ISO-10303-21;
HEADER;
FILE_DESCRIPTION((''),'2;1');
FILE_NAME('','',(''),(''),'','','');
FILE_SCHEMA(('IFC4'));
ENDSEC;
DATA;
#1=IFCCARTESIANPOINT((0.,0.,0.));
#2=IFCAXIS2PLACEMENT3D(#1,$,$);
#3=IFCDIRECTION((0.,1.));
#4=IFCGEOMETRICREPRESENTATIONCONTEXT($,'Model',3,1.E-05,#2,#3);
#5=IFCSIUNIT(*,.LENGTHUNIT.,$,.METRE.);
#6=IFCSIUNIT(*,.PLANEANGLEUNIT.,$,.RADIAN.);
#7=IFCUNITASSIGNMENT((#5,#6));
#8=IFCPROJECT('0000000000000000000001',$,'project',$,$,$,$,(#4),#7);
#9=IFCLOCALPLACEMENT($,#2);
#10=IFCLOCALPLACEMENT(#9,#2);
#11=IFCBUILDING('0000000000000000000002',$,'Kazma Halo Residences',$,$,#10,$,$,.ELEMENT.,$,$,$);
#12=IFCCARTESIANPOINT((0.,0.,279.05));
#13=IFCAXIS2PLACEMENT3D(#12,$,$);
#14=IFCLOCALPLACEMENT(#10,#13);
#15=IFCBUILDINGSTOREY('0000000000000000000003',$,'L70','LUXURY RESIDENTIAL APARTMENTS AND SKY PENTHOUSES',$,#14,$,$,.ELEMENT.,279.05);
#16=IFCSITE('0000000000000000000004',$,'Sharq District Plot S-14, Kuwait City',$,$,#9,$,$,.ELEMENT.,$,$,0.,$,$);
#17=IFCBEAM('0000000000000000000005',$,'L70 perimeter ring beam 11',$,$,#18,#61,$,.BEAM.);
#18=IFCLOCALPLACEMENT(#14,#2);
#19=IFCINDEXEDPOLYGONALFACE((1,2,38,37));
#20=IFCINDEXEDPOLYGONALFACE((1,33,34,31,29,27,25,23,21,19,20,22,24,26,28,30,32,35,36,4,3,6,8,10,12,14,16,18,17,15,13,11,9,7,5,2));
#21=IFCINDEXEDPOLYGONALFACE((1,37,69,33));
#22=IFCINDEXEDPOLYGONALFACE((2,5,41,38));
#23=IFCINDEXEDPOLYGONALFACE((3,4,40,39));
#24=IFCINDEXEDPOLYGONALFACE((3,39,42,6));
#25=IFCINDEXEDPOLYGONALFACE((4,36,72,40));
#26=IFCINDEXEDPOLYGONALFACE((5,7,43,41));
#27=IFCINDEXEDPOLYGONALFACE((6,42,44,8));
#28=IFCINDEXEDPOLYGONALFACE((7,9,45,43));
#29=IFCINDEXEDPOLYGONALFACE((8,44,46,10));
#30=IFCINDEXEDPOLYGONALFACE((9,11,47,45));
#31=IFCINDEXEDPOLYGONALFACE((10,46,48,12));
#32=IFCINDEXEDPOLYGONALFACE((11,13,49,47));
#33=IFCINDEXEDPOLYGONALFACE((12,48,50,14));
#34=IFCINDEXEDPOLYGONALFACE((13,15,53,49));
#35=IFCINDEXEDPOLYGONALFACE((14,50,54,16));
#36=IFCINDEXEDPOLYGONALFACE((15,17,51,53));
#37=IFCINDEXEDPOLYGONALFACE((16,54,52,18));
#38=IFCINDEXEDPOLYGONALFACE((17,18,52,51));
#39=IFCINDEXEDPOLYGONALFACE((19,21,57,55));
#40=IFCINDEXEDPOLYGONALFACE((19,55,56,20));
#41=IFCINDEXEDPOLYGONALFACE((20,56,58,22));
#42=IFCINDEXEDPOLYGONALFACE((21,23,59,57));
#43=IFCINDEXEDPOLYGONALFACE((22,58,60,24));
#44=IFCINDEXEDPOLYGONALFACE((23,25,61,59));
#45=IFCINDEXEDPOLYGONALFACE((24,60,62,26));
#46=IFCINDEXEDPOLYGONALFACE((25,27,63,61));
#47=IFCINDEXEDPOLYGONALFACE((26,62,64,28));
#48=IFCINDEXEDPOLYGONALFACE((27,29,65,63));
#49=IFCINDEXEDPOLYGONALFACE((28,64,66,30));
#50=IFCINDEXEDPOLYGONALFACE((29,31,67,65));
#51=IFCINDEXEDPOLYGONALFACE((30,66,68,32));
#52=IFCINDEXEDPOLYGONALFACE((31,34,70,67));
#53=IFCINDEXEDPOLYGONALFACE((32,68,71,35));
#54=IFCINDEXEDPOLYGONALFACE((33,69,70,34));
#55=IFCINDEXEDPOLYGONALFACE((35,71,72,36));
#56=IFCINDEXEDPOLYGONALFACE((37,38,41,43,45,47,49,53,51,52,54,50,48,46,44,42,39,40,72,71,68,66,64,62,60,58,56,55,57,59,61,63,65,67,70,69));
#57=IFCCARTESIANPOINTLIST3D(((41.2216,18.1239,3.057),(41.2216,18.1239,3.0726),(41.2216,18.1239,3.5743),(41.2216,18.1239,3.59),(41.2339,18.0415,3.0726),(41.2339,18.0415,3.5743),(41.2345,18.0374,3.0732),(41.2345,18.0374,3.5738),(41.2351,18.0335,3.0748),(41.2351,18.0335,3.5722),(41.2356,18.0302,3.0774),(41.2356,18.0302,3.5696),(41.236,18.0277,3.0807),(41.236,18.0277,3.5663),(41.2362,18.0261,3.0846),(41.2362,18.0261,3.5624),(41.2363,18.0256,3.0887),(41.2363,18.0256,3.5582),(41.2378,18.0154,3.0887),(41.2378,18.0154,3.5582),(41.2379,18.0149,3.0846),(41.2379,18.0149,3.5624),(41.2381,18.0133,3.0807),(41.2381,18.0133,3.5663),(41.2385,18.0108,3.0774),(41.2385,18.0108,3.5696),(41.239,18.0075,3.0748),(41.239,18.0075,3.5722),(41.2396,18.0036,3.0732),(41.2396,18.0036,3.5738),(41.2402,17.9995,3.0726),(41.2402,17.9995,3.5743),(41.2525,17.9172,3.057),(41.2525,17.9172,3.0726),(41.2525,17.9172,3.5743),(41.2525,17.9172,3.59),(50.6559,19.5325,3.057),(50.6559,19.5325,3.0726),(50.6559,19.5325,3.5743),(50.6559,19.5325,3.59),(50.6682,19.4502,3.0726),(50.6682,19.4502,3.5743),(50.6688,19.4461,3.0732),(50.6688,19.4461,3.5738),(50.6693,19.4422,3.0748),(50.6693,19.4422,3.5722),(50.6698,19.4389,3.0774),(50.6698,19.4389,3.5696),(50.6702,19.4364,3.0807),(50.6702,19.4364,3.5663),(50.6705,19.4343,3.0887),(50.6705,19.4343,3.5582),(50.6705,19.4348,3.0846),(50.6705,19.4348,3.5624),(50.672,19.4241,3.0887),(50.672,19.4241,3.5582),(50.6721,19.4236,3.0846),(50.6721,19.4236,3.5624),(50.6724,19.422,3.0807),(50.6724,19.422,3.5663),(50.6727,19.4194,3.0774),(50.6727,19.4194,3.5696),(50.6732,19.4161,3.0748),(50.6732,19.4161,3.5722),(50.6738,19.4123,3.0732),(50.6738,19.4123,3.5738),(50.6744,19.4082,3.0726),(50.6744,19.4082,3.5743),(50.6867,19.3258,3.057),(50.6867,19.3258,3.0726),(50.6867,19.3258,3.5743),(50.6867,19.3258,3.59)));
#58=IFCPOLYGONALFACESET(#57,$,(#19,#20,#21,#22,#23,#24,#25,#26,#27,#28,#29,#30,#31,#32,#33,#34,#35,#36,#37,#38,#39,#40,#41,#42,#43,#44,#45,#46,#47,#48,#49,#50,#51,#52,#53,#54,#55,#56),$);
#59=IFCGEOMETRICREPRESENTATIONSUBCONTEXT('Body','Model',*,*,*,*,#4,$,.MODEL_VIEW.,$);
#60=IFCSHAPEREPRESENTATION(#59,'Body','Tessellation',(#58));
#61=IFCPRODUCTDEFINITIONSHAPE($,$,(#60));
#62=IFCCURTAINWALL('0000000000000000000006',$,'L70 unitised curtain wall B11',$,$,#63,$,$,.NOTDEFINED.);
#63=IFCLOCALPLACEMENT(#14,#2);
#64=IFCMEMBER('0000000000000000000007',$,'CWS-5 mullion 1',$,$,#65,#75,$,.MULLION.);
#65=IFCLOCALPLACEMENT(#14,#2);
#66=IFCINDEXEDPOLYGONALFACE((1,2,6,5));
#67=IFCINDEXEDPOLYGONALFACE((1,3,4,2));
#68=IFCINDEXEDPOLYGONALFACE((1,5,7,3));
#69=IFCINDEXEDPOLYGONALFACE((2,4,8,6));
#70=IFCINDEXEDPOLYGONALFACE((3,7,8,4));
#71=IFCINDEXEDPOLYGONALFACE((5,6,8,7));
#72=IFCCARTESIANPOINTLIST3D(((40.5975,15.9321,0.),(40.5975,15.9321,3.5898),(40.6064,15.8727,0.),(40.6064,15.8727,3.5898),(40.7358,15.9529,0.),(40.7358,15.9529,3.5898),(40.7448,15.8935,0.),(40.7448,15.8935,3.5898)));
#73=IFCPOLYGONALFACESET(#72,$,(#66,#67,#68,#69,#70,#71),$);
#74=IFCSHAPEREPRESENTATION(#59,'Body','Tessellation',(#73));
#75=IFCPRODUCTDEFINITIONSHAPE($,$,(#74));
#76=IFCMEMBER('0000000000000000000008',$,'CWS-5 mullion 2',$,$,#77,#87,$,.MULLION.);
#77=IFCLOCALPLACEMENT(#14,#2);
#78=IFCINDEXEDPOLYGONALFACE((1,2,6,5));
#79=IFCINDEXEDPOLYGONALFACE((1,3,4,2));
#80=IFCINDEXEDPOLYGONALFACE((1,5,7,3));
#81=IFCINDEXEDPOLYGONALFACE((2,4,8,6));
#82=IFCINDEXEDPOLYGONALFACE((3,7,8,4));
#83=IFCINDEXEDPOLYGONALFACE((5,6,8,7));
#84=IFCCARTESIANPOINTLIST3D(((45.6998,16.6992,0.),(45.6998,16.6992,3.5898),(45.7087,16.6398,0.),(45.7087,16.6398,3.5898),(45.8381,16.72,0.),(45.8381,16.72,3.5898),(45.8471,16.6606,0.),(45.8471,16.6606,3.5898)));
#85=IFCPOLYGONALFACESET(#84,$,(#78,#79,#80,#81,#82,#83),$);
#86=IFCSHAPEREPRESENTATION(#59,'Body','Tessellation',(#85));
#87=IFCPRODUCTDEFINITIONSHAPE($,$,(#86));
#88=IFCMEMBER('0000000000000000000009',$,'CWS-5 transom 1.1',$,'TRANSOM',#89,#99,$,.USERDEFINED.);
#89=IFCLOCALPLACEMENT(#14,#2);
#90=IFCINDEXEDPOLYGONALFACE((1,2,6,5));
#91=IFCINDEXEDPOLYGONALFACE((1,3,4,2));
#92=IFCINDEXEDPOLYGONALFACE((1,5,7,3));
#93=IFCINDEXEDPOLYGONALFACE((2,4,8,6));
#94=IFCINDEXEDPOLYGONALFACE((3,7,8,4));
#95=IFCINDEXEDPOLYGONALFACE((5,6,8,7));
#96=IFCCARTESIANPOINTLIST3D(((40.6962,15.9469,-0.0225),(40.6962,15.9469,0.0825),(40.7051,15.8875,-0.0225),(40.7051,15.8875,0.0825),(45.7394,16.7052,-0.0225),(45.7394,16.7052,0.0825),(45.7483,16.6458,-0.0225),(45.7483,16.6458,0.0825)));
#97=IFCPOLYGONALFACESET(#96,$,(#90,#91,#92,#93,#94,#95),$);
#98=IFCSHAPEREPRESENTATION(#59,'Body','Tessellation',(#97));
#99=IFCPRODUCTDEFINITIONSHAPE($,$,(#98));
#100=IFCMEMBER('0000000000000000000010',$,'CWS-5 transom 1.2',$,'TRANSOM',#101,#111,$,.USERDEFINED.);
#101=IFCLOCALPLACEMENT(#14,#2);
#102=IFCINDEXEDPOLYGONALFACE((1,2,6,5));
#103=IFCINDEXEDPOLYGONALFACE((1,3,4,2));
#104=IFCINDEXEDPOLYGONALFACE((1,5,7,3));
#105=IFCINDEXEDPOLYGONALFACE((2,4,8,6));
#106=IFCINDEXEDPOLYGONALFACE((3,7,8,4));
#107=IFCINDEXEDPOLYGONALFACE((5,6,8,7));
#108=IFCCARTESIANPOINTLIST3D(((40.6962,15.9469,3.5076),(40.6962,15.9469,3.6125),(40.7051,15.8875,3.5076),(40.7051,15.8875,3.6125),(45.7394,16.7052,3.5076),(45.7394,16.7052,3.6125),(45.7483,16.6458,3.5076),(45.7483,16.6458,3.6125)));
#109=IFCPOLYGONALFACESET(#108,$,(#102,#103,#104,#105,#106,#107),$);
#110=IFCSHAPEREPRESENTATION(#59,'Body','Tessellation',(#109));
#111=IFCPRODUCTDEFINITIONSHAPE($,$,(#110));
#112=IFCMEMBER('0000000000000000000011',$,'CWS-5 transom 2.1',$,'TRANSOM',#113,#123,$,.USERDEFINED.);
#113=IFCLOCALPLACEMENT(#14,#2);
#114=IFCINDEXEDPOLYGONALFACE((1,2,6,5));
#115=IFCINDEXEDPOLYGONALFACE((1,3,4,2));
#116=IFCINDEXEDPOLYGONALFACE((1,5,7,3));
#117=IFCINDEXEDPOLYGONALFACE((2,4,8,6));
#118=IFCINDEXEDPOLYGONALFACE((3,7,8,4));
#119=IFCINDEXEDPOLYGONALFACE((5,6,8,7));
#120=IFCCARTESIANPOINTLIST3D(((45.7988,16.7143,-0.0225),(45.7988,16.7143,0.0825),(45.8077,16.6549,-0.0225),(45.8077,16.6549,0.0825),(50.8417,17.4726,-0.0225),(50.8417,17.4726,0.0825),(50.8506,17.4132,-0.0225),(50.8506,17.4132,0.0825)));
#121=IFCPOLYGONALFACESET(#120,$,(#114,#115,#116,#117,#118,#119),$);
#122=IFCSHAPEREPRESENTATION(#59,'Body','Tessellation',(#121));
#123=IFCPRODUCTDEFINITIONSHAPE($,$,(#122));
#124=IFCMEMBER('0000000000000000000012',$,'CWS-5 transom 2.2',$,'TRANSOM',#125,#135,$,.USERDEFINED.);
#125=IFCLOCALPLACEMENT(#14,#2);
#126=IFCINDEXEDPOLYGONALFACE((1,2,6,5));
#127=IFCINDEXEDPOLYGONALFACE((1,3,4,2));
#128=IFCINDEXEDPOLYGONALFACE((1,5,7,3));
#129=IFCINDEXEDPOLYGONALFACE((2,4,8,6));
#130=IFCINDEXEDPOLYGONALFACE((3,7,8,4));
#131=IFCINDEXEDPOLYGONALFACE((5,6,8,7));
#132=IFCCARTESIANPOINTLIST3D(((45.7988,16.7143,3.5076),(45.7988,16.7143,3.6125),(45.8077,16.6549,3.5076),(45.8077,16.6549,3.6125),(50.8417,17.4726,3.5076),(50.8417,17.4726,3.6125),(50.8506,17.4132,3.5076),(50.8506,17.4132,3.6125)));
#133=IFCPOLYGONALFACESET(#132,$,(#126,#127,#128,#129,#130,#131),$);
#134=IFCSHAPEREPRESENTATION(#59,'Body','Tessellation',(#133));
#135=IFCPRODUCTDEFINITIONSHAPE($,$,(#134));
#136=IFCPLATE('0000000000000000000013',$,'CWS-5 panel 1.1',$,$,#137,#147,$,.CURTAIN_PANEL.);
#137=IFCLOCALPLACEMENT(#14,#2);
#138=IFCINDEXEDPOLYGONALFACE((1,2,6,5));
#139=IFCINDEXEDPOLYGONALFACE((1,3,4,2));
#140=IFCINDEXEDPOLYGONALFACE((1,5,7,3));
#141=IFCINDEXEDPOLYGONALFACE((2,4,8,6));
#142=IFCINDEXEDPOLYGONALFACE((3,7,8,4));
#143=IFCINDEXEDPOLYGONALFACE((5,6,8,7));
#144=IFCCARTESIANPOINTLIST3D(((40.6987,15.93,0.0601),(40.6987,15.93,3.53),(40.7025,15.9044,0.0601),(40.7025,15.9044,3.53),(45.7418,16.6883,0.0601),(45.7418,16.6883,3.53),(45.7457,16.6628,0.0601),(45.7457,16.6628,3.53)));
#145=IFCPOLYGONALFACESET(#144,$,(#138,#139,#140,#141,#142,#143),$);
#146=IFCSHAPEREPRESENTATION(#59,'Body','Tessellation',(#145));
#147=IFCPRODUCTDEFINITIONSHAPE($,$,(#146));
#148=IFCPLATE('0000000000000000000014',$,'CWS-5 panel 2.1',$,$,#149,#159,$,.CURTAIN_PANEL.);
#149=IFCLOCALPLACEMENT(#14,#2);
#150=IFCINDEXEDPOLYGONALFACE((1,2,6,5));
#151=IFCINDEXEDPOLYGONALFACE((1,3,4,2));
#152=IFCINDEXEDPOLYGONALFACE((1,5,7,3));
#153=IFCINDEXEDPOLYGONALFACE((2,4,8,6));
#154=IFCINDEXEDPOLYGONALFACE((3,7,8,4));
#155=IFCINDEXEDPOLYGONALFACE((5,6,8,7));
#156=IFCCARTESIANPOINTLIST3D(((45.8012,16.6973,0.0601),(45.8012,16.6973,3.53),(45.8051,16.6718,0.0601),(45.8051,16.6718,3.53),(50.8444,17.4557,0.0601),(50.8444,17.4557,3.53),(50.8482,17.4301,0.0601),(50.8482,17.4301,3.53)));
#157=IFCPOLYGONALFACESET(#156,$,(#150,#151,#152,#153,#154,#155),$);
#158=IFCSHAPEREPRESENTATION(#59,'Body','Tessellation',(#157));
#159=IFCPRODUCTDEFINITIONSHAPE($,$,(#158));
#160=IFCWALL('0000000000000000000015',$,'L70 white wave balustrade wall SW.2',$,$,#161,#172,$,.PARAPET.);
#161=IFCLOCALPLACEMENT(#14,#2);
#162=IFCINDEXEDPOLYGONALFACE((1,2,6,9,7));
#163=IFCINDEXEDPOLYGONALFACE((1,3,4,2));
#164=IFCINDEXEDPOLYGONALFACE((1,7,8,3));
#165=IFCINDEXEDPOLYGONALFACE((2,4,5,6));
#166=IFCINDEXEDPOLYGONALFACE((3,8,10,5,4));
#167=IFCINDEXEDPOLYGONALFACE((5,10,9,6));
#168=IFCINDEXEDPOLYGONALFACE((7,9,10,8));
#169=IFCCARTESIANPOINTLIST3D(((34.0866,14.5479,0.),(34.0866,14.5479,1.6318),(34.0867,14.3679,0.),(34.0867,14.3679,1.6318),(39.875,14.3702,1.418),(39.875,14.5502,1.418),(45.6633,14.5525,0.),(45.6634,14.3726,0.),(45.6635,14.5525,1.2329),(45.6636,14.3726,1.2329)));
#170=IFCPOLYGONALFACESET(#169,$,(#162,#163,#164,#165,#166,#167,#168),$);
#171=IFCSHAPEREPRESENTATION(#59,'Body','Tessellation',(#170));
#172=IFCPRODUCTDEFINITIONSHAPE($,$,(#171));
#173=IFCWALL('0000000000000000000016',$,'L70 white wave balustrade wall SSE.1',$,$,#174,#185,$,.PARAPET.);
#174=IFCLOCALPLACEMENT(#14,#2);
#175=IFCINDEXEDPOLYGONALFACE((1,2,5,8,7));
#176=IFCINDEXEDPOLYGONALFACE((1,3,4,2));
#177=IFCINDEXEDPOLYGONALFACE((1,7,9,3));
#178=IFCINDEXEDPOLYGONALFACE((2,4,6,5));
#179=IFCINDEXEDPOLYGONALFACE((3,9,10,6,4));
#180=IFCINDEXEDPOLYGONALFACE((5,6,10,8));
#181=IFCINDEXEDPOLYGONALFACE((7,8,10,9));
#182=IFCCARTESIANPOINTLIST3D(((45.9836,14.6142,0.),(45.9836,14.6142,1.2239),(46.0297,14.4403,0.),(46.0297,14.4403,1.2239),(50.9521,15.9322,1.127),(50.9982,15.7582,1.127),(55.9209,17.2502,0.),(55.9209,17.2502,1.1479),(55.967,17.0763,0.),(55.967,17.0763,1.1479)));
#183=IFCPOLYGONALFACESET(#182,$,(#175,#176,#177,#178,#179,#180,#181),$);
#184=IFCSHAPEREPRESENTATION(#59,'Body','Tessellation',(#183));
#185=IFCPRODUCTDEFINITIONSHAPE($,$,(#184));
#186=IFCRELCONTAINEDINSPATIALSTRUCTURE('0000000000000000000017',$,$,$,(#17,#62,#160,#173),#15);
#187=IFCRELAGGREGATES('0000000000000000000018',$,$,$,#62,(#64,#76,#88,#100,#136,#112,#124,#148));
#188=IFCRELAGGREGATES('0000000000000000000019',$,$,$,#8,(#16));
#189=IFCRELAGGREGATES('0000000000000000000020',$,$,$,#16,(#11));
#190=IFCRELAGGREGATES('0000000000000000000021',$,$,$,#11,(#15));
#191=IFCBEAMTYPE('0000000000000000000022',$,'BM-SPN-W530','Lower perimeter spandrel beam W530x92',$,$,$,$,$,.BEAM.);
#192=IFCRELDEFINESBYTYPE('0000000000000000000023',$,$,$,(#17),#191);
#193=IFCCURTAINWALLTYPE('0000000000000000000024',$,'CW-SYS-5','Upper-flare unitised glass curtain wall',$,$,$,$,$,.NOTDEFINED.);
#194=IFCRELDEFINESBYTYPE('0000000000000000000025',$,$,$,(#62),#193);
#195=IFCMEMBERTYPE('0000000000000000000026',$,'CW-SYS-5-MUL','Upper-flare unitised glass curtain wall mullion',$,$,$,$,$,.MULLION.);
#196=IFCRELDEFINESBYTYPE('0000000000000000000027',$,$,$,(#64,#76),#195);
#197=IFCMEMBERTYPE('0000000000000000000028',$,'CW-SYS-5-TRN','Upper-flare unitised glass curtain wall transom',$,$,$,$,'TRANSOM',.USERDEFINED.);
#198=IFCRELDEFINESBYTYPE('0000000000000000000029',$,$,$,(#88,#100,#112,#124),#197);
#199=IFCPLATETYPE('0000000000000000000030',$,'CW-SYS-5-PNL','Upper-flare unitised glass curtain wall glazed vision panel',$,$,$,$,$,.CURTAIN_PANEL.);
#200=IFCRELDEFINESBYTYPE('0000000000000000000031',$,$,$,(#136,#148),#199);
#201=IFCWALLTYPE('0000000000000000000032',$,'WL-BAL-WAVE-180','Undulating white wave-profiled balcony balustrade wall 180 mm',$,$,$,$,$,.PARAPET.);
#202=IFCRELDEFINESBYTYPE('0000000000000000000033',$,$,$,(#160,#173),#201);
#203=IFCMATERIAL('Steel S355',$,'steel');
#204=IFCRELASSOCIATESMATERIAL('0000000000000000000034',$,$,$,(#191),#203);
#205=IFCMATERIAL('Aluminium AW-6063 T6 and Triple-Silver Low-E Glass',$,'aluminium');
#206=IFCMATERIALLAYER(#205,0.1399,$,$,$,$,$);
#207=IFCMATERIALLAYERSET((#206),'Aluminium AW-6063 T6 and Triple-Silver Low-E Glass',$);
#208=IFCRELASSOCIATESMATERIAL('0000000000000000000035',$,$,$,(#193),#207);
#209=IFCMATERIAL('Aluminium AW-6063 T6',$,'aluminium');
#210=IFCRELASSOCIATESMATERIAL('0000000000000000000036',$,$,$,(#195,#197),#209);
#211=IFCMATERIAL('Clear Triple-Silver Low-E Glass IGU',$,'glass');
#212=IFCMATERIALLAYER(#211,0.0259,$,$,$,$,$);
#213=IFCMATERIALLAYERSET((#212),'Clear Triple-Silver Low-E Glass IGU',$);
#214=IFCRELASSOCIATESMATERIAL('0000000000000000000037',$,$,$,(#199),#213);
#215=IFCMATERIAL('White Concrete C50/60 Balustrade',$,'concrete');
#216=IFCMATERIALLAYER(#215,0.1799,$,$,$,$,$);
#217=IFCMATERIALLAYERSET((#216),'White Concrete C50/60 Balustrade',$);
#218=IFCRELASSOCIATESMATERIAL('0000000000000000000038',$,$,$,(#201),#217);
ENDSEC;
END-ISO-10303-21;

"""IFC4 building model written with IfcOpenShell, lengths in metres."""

from ifc_helpers import new_model, si_unit, direction, frame, origin, origin_2d, place, context, subcontext, project, spatial, polyline, rectangle, i_section, outline, extrude, material, layer, layer_set, material_profile, profile_set, type_object, element, aggregate, save


model = new_model("IFC4")

# Units and contexts
model_context = context("Model", 3, precision=1e-05, world=origin(), true_north=direction((0.0, 1.0)))
body_context = subcontext(model_context, "Body", "Model", "MODEL_VIEW")
ifc_project = project(units=[si_unit("LENGTHUNIT", "METRE"), si_unit("PLANEANGLEUNIT", "RADIAN")], contexts=[model_context])

# Site, building, storey
site_placement = place(None, origin())
site = spatial("IfcSite", under=ifc_project, at=site_placement, Name="Sharq District Plot S-14, Kuwait City", CompositionType="ELEMENT", RefElevation=0.0)
building_placement = place(site_placement, origin())
building = spatial("IfcBuilding", under=site, at=building_placement, Name="Kazma Halo Residences", CompositionType="ELEMENT")
storey_placement = place(building_placement, frame((0.0, 0.0, 279.05)))
storey = spatial("IfcBuildingStorey", under=building, at=storey_placement, Name="L70", Description="LUXURY RESIDENTIAL APARTMENTS AND SKY PENTHOUSES", CompositionType="ELEMENT", Elevation=279.05)

# Beam
ifc_material_1 = material(Name="Steel S355", Category="steel")
ifc_material_profile_1 = material_profile(ifc_material_1, i_section(OverallWidth=0.209, OverallDepth=0.533, WebThickness=0.0103, FlangeThickness=0.0156, FilletRadius=0.0161, at=origin_2d()), Name="W530x92")
ifc_profile_set_1 = profile_set([ifc_material_profile_1], Name="Steel S355")
beam_type_1 = type_object("IfcBeamType", Name="BM-SPN-W530", Description="Lower perimeter spandrel beam W530x92", PredefinedType="BEAM", material=ifc_profile_set_1)
beam_1_placement = place(storey_placement, frame((41.2371, 18.0205, 3.3235), z_axis=(0.989035, 0.147678, 0.0), x_axis=(-0.147678, 0.989035, 0.0)))
element("IfcBeam", 1, at=beam_1_placement, inside=storey, type_object=beam_type_1, Name="L70 perimeter ring beam 11", PredefinedType="BEAM", context=body_context, shape_type="SweptSolid", body=[
    extrude(i_section(OverallWidth=0.209, OverallDepth=0.533, WebThickness=0.0103, FlangeThickness=0.0156, FilletRadius=0.0161, at=origin_2d()), origin(), (0.0, 0.0, 1.0), 9.5388),
])

# Curtain wall, members, plates
ifc_material_2 = material(Name="Aluminium AW-6063 T6 and Triple-Silver Low-E Glass", Category="aluminium")
ifc_layer_1 = layer(ifc_material_2, 0.1399)
ifc_layer_set_1 = layer_set([ifc_layer_1], Name="Aluminium AW-6063 T6 and Triple-Silver Low-E Glass")
curtain_wall_type = type_object("IfcCurtainWallType", Name="CW-SYS-5", Description="Upper-flare unitised glass curtain wall", PredefinedType="NOTDEFINED", material=ifc_layer_set_1)
curtain_wall_placement = place(storey_placement, origin())
curtain_wall = element("IfcCurtainWall", 2, at=curtain_wall_placement, inside=storey, type_object=curtain_wall_type, Name="L70 unitised curtain wall B11", PredefinedType="NOTDEFINED")
ifc_material_3 = material(Name="Aluminium AW-6063 T6", Category="aluminium")
ifc_material_profile_2 = material_profile(ifc_material_3, rectangle(XDim=0.0601, YDim=0.1399, at=origin_2d()), Name="CWM-60x140")
ifc_profile_set_2 = profile_set([ifc_material_profile_2], Name="Aluminium AW-6063 T6")
member_type_1 = type_object("IfcMemberType", Name="CW-SYS-5-MUL", Description="Upper-flare unitised glass curtain wall mullion", PredefinedType="MULLION", material=ifc_profile_set_2)
member_1_placement = place(storey_placement, frame((40.6711, 15.9128, 0.0), z_axis=(0.0, 0.0, 1.0), x_axis=(-0.148697, 0.988883, 0.0)))
member_1 = element("IfcMember", 3, at=member_1_placement, type_object=member_type_1, Name="CWS-5 mullion 1", PredefinedType="MULLION", context=body_context, shape_type="SweptSolid", body=[
    extrude(rectangle(XDim=0.0601, YDim=0.1399, at=origin_2d()), origin(), (0.0, 0.0, 1.0), 3.5898),
])
member_2_placement = place(storey_placement, frame((45.7734, 16.6799, 0.0), z_axis=(0.0, 0.0, 1.0), x_axis=(-0.148697, 0.988883, 0.0)))
member_2 = element("IfcMember", 4, at=member_2_placement, type_object=member_type_1, Name="CWS-5 mullion 2", PredefinedType="MULLION", context=body_context, shape_type="SweptSolid", body=[
    extrude(rectangle(XDim=0.0601, YDim=0.1399, at=origin_2d()), origin(), (0.0, 0.0, 1.0), 3.5898),
])
ifc_material_profile_3 = material_profile(ifc_material_3, rectangle(XDim=0.0601, YDim=0.105, at=origin_2d()), Name="CWT-60x105")
ifc_profile_set_3 = profile_set([ifc_material_profile_3], Name="Aluminium AW-6063 T6")
member_type_2 = type_object("IfcMemberType", Name="CW-SYS-5-TRN", Description="Upper-flare unitised glass curtain wall transom", ElementType="TRANSOM", PredefinedType="USERDEFINED", material=ifc_profile_set_3)
member_3_placement = place(storey_placement, frame((40.7007, 15.9172, 0.03), z_axis=(0.988884, 0.148689, 0.0), x_axis=(-0.148689, 0.988884, 0.0)))
member_3 = element("IfcMember", 5, at=member_3_placement, type_object=member_type_2, Name="CWS-5 transom 1.1", ObjectType="TRANSOM", PredefinedType="USERDEFINED", context=body_context, shape_type="SweptSolid", body=[
    extrude(rectangle(XDim=0.0601, YDim=0.105, at=origin_2d()), origin(), (0.0, 0.0, 1.0), 5.0999),
])
member_4_placement = place(storey_placement, frame((40.7007, 15.9172, 3.5601), z_axis=(0.988884, 0.148689, 0.0), x_axis=(-0.148689, 0.988884, 0.0)))
member_4 = element("IfcMember", 6, at=member_4_placement, type_object=member_type_2, Name="CWS-5 transom 1.2", ObjectType="TRANSOM", PredefinedType="USERDEFINED", context=body_context, shape_type="SweptSolid", body=[
    extrude(rectangle(XDim=0.0601, YDim=0.105, at=origin_2d()), origin(), (0.0, 0.0, 1.0), 5.0999),
])
member_5_placement = place(storey_placement, frame((45.8032, 16.6846, 0.03), z_axis=(0.988883, 0.148696, 0.0), x_axis=(-0.148696, 0.988883, 0.0)))
member_5 = element("IfcMember", 7, at=member_5_placement, type_object=member_type_2, Name="CWS-5 transom 2.1", ObjectType="TRANSOM", PredefinedType="USERDEFINED", context=body_context, shape_type="SweptSolid", body=[
    extrude(rectangle(XDim=0.0601, YDim=0.105, at=origin_2d()), origin(), (0.0, 0.0, 1.0), 5.0996),
])
member_6_placement = place(storey_placement, frame((45.8032, 16.6846, 3.5601), z_axis=(0.988883, 0.148696, 0.0), x_axis=(-0.148696, 0.988883, 0.0)))
member_6 = element("IfcMember", 8, at=member_6_placement, type_object=member_type_2, Name="CWS-5 transom 2.2", ObjectType="TRANSOM", PredefinedType="USERDEFINED", context=body_context, shape_type="SweptSolid", body=[
    extrude(rectangle(XDim=0.0601, YDim=0.105, at=origin_2d()), origin(), (0.0, 0.0, 1.0), 5.0996),
])
ifc_material_4 = material(Name="Clear Triple-Silver Low-E Glass IGU", Category="glass")
ifc_layer_2 = layer(ifc_material_4, 0.0259)
ifc_layer_set_2 = layer_set([ifc_layer_2], Name="Clear Triple-Silver Low-E Glass IGU")
plate_type = type_object("IfcPlateType", Name="CW-SYS-5-PNL", Description="Upper-flare unitised glass curtain wall glazed vision panel", PredefinedType="CURTAIN_PANEL", material=ifc_layer_set_2)
plate_1_placement = place(storey_placement, frame((43.2222, 16.2964, 0.0601), z_axis=(0.0, 0.0, 1.0), x_axis=(0.988883, 0.148697, 0.0)))
plate_1 = element("IfcPlate", 9, at=plate_1_placement, type_object=plate_type, Name="CWS-5 panel 1.1", PredefinedType="CURTAIN_PANEL", context=body_context, shape_type="SweptSolid", body=[
    extrude(rectangle(XDim=5.0999, YDim=0.0259, at=origin_2d()), origin(), (0.0, 0.0, 1.0), 3.47),
])
plate_2_placement = place(storey_placement, frame((48.3247, 17.0637, 0.0601), z_axis=(0.0, 0.0, 1.0), x_axis=(0.988883, 0.148697, 0.0)))
plate_2 = element("IfcPlate", 10, at=plate_2_placement, type_object=plate_type, Name="CWS-5 panel 2.1", PredefinedType="CURTAIN_PANEL", context=body_context, shape_type="SweptSolid", body=[
    extrude(rectangle(XDim=5.0999, YDim=0.0259, at=origin_2d()), origin(), (0.0, 0.0, 1.0), 3.47),
])
aggregate(curtain_wall, [member_1, member_2, member_3, member_4, plate_1, member_5, member_6, plate_2])

# Walls
ifc_material_5 = material(Name="White Concrete C50/60 Balustrade", Category="concrete")
ifc_layer_3 = layer(ifc_material_5, 0.1799)
ifc_layer_set_3 = layer_set([ifc_layer_3], Name="White Concrete C50/60 Balustrade")
wall_type_1 = type_object("IfcWallType", Name="WL-BAL-WAVE-180", Description="Undulating white wave-profiled balcony balustrade wall 180 mm", PredefinedType="PARAPET", material=ifc_layer_set_3)
wall_1_placement = place(storey_placement, frame((34.0867, 14.458, 0.0), z_axis=(0.0, 0.0, 1.0), x_axis=(1.0, 0.000401, 0.0)))
element("IfcWall", 11, at=wall_1_placement, inside=storey, type_object=wall_type_1, Name="L70 white wave balustrade wall SW.2", PredefinedType="PARAPET", context=body_context, shape_type="SweptSolid", body=[
    extrude(outline(polyline([(0.0, 0.0), (11.5767, 0.0), (11.5769, 1.2329), (5.7883, 1.418), (0.0, 1.6318), (0.0, 0.0)])), frame((0.0, 0.0898, 0.0), z_axis=(0.0, -1.0, 0.0), x_axis=(1.0, 0.0, 0.0)), (0.0, 0.0, 1.0), 0.1799),
])
wall_2_placement = place(storey_placement, frame((46.0066, 14.5273, 0.0), z_axis=(0.0, 0.0, 1.0), x_axis=(0.966572, 0.256396, 0.0)))
element("IfcWall", 12, at=wall_2_placement, inside=storey, type_object=wall_type_1, Name="L70 white wave balustrade wall SSE.1", PredefinedType="PARAPET", context=body_context, shape_type="SweptSolid", body=[
    extrude(outline(polyline([(0.0, 0.0), (10.281, 0.0), (10.281, 1.1479), (5.1404, 1.127), (0.0, 1.2239), (0.0, 0.0)])), frame((0.0, 0.0898, 0.0), z_axis=(0.0, -1.0, 0.0), x_axis=(1.0, 0.0, 0.0)), (0.0, 0.0, 1.0), 0.1799),
])

save(model, "model.ifc")
